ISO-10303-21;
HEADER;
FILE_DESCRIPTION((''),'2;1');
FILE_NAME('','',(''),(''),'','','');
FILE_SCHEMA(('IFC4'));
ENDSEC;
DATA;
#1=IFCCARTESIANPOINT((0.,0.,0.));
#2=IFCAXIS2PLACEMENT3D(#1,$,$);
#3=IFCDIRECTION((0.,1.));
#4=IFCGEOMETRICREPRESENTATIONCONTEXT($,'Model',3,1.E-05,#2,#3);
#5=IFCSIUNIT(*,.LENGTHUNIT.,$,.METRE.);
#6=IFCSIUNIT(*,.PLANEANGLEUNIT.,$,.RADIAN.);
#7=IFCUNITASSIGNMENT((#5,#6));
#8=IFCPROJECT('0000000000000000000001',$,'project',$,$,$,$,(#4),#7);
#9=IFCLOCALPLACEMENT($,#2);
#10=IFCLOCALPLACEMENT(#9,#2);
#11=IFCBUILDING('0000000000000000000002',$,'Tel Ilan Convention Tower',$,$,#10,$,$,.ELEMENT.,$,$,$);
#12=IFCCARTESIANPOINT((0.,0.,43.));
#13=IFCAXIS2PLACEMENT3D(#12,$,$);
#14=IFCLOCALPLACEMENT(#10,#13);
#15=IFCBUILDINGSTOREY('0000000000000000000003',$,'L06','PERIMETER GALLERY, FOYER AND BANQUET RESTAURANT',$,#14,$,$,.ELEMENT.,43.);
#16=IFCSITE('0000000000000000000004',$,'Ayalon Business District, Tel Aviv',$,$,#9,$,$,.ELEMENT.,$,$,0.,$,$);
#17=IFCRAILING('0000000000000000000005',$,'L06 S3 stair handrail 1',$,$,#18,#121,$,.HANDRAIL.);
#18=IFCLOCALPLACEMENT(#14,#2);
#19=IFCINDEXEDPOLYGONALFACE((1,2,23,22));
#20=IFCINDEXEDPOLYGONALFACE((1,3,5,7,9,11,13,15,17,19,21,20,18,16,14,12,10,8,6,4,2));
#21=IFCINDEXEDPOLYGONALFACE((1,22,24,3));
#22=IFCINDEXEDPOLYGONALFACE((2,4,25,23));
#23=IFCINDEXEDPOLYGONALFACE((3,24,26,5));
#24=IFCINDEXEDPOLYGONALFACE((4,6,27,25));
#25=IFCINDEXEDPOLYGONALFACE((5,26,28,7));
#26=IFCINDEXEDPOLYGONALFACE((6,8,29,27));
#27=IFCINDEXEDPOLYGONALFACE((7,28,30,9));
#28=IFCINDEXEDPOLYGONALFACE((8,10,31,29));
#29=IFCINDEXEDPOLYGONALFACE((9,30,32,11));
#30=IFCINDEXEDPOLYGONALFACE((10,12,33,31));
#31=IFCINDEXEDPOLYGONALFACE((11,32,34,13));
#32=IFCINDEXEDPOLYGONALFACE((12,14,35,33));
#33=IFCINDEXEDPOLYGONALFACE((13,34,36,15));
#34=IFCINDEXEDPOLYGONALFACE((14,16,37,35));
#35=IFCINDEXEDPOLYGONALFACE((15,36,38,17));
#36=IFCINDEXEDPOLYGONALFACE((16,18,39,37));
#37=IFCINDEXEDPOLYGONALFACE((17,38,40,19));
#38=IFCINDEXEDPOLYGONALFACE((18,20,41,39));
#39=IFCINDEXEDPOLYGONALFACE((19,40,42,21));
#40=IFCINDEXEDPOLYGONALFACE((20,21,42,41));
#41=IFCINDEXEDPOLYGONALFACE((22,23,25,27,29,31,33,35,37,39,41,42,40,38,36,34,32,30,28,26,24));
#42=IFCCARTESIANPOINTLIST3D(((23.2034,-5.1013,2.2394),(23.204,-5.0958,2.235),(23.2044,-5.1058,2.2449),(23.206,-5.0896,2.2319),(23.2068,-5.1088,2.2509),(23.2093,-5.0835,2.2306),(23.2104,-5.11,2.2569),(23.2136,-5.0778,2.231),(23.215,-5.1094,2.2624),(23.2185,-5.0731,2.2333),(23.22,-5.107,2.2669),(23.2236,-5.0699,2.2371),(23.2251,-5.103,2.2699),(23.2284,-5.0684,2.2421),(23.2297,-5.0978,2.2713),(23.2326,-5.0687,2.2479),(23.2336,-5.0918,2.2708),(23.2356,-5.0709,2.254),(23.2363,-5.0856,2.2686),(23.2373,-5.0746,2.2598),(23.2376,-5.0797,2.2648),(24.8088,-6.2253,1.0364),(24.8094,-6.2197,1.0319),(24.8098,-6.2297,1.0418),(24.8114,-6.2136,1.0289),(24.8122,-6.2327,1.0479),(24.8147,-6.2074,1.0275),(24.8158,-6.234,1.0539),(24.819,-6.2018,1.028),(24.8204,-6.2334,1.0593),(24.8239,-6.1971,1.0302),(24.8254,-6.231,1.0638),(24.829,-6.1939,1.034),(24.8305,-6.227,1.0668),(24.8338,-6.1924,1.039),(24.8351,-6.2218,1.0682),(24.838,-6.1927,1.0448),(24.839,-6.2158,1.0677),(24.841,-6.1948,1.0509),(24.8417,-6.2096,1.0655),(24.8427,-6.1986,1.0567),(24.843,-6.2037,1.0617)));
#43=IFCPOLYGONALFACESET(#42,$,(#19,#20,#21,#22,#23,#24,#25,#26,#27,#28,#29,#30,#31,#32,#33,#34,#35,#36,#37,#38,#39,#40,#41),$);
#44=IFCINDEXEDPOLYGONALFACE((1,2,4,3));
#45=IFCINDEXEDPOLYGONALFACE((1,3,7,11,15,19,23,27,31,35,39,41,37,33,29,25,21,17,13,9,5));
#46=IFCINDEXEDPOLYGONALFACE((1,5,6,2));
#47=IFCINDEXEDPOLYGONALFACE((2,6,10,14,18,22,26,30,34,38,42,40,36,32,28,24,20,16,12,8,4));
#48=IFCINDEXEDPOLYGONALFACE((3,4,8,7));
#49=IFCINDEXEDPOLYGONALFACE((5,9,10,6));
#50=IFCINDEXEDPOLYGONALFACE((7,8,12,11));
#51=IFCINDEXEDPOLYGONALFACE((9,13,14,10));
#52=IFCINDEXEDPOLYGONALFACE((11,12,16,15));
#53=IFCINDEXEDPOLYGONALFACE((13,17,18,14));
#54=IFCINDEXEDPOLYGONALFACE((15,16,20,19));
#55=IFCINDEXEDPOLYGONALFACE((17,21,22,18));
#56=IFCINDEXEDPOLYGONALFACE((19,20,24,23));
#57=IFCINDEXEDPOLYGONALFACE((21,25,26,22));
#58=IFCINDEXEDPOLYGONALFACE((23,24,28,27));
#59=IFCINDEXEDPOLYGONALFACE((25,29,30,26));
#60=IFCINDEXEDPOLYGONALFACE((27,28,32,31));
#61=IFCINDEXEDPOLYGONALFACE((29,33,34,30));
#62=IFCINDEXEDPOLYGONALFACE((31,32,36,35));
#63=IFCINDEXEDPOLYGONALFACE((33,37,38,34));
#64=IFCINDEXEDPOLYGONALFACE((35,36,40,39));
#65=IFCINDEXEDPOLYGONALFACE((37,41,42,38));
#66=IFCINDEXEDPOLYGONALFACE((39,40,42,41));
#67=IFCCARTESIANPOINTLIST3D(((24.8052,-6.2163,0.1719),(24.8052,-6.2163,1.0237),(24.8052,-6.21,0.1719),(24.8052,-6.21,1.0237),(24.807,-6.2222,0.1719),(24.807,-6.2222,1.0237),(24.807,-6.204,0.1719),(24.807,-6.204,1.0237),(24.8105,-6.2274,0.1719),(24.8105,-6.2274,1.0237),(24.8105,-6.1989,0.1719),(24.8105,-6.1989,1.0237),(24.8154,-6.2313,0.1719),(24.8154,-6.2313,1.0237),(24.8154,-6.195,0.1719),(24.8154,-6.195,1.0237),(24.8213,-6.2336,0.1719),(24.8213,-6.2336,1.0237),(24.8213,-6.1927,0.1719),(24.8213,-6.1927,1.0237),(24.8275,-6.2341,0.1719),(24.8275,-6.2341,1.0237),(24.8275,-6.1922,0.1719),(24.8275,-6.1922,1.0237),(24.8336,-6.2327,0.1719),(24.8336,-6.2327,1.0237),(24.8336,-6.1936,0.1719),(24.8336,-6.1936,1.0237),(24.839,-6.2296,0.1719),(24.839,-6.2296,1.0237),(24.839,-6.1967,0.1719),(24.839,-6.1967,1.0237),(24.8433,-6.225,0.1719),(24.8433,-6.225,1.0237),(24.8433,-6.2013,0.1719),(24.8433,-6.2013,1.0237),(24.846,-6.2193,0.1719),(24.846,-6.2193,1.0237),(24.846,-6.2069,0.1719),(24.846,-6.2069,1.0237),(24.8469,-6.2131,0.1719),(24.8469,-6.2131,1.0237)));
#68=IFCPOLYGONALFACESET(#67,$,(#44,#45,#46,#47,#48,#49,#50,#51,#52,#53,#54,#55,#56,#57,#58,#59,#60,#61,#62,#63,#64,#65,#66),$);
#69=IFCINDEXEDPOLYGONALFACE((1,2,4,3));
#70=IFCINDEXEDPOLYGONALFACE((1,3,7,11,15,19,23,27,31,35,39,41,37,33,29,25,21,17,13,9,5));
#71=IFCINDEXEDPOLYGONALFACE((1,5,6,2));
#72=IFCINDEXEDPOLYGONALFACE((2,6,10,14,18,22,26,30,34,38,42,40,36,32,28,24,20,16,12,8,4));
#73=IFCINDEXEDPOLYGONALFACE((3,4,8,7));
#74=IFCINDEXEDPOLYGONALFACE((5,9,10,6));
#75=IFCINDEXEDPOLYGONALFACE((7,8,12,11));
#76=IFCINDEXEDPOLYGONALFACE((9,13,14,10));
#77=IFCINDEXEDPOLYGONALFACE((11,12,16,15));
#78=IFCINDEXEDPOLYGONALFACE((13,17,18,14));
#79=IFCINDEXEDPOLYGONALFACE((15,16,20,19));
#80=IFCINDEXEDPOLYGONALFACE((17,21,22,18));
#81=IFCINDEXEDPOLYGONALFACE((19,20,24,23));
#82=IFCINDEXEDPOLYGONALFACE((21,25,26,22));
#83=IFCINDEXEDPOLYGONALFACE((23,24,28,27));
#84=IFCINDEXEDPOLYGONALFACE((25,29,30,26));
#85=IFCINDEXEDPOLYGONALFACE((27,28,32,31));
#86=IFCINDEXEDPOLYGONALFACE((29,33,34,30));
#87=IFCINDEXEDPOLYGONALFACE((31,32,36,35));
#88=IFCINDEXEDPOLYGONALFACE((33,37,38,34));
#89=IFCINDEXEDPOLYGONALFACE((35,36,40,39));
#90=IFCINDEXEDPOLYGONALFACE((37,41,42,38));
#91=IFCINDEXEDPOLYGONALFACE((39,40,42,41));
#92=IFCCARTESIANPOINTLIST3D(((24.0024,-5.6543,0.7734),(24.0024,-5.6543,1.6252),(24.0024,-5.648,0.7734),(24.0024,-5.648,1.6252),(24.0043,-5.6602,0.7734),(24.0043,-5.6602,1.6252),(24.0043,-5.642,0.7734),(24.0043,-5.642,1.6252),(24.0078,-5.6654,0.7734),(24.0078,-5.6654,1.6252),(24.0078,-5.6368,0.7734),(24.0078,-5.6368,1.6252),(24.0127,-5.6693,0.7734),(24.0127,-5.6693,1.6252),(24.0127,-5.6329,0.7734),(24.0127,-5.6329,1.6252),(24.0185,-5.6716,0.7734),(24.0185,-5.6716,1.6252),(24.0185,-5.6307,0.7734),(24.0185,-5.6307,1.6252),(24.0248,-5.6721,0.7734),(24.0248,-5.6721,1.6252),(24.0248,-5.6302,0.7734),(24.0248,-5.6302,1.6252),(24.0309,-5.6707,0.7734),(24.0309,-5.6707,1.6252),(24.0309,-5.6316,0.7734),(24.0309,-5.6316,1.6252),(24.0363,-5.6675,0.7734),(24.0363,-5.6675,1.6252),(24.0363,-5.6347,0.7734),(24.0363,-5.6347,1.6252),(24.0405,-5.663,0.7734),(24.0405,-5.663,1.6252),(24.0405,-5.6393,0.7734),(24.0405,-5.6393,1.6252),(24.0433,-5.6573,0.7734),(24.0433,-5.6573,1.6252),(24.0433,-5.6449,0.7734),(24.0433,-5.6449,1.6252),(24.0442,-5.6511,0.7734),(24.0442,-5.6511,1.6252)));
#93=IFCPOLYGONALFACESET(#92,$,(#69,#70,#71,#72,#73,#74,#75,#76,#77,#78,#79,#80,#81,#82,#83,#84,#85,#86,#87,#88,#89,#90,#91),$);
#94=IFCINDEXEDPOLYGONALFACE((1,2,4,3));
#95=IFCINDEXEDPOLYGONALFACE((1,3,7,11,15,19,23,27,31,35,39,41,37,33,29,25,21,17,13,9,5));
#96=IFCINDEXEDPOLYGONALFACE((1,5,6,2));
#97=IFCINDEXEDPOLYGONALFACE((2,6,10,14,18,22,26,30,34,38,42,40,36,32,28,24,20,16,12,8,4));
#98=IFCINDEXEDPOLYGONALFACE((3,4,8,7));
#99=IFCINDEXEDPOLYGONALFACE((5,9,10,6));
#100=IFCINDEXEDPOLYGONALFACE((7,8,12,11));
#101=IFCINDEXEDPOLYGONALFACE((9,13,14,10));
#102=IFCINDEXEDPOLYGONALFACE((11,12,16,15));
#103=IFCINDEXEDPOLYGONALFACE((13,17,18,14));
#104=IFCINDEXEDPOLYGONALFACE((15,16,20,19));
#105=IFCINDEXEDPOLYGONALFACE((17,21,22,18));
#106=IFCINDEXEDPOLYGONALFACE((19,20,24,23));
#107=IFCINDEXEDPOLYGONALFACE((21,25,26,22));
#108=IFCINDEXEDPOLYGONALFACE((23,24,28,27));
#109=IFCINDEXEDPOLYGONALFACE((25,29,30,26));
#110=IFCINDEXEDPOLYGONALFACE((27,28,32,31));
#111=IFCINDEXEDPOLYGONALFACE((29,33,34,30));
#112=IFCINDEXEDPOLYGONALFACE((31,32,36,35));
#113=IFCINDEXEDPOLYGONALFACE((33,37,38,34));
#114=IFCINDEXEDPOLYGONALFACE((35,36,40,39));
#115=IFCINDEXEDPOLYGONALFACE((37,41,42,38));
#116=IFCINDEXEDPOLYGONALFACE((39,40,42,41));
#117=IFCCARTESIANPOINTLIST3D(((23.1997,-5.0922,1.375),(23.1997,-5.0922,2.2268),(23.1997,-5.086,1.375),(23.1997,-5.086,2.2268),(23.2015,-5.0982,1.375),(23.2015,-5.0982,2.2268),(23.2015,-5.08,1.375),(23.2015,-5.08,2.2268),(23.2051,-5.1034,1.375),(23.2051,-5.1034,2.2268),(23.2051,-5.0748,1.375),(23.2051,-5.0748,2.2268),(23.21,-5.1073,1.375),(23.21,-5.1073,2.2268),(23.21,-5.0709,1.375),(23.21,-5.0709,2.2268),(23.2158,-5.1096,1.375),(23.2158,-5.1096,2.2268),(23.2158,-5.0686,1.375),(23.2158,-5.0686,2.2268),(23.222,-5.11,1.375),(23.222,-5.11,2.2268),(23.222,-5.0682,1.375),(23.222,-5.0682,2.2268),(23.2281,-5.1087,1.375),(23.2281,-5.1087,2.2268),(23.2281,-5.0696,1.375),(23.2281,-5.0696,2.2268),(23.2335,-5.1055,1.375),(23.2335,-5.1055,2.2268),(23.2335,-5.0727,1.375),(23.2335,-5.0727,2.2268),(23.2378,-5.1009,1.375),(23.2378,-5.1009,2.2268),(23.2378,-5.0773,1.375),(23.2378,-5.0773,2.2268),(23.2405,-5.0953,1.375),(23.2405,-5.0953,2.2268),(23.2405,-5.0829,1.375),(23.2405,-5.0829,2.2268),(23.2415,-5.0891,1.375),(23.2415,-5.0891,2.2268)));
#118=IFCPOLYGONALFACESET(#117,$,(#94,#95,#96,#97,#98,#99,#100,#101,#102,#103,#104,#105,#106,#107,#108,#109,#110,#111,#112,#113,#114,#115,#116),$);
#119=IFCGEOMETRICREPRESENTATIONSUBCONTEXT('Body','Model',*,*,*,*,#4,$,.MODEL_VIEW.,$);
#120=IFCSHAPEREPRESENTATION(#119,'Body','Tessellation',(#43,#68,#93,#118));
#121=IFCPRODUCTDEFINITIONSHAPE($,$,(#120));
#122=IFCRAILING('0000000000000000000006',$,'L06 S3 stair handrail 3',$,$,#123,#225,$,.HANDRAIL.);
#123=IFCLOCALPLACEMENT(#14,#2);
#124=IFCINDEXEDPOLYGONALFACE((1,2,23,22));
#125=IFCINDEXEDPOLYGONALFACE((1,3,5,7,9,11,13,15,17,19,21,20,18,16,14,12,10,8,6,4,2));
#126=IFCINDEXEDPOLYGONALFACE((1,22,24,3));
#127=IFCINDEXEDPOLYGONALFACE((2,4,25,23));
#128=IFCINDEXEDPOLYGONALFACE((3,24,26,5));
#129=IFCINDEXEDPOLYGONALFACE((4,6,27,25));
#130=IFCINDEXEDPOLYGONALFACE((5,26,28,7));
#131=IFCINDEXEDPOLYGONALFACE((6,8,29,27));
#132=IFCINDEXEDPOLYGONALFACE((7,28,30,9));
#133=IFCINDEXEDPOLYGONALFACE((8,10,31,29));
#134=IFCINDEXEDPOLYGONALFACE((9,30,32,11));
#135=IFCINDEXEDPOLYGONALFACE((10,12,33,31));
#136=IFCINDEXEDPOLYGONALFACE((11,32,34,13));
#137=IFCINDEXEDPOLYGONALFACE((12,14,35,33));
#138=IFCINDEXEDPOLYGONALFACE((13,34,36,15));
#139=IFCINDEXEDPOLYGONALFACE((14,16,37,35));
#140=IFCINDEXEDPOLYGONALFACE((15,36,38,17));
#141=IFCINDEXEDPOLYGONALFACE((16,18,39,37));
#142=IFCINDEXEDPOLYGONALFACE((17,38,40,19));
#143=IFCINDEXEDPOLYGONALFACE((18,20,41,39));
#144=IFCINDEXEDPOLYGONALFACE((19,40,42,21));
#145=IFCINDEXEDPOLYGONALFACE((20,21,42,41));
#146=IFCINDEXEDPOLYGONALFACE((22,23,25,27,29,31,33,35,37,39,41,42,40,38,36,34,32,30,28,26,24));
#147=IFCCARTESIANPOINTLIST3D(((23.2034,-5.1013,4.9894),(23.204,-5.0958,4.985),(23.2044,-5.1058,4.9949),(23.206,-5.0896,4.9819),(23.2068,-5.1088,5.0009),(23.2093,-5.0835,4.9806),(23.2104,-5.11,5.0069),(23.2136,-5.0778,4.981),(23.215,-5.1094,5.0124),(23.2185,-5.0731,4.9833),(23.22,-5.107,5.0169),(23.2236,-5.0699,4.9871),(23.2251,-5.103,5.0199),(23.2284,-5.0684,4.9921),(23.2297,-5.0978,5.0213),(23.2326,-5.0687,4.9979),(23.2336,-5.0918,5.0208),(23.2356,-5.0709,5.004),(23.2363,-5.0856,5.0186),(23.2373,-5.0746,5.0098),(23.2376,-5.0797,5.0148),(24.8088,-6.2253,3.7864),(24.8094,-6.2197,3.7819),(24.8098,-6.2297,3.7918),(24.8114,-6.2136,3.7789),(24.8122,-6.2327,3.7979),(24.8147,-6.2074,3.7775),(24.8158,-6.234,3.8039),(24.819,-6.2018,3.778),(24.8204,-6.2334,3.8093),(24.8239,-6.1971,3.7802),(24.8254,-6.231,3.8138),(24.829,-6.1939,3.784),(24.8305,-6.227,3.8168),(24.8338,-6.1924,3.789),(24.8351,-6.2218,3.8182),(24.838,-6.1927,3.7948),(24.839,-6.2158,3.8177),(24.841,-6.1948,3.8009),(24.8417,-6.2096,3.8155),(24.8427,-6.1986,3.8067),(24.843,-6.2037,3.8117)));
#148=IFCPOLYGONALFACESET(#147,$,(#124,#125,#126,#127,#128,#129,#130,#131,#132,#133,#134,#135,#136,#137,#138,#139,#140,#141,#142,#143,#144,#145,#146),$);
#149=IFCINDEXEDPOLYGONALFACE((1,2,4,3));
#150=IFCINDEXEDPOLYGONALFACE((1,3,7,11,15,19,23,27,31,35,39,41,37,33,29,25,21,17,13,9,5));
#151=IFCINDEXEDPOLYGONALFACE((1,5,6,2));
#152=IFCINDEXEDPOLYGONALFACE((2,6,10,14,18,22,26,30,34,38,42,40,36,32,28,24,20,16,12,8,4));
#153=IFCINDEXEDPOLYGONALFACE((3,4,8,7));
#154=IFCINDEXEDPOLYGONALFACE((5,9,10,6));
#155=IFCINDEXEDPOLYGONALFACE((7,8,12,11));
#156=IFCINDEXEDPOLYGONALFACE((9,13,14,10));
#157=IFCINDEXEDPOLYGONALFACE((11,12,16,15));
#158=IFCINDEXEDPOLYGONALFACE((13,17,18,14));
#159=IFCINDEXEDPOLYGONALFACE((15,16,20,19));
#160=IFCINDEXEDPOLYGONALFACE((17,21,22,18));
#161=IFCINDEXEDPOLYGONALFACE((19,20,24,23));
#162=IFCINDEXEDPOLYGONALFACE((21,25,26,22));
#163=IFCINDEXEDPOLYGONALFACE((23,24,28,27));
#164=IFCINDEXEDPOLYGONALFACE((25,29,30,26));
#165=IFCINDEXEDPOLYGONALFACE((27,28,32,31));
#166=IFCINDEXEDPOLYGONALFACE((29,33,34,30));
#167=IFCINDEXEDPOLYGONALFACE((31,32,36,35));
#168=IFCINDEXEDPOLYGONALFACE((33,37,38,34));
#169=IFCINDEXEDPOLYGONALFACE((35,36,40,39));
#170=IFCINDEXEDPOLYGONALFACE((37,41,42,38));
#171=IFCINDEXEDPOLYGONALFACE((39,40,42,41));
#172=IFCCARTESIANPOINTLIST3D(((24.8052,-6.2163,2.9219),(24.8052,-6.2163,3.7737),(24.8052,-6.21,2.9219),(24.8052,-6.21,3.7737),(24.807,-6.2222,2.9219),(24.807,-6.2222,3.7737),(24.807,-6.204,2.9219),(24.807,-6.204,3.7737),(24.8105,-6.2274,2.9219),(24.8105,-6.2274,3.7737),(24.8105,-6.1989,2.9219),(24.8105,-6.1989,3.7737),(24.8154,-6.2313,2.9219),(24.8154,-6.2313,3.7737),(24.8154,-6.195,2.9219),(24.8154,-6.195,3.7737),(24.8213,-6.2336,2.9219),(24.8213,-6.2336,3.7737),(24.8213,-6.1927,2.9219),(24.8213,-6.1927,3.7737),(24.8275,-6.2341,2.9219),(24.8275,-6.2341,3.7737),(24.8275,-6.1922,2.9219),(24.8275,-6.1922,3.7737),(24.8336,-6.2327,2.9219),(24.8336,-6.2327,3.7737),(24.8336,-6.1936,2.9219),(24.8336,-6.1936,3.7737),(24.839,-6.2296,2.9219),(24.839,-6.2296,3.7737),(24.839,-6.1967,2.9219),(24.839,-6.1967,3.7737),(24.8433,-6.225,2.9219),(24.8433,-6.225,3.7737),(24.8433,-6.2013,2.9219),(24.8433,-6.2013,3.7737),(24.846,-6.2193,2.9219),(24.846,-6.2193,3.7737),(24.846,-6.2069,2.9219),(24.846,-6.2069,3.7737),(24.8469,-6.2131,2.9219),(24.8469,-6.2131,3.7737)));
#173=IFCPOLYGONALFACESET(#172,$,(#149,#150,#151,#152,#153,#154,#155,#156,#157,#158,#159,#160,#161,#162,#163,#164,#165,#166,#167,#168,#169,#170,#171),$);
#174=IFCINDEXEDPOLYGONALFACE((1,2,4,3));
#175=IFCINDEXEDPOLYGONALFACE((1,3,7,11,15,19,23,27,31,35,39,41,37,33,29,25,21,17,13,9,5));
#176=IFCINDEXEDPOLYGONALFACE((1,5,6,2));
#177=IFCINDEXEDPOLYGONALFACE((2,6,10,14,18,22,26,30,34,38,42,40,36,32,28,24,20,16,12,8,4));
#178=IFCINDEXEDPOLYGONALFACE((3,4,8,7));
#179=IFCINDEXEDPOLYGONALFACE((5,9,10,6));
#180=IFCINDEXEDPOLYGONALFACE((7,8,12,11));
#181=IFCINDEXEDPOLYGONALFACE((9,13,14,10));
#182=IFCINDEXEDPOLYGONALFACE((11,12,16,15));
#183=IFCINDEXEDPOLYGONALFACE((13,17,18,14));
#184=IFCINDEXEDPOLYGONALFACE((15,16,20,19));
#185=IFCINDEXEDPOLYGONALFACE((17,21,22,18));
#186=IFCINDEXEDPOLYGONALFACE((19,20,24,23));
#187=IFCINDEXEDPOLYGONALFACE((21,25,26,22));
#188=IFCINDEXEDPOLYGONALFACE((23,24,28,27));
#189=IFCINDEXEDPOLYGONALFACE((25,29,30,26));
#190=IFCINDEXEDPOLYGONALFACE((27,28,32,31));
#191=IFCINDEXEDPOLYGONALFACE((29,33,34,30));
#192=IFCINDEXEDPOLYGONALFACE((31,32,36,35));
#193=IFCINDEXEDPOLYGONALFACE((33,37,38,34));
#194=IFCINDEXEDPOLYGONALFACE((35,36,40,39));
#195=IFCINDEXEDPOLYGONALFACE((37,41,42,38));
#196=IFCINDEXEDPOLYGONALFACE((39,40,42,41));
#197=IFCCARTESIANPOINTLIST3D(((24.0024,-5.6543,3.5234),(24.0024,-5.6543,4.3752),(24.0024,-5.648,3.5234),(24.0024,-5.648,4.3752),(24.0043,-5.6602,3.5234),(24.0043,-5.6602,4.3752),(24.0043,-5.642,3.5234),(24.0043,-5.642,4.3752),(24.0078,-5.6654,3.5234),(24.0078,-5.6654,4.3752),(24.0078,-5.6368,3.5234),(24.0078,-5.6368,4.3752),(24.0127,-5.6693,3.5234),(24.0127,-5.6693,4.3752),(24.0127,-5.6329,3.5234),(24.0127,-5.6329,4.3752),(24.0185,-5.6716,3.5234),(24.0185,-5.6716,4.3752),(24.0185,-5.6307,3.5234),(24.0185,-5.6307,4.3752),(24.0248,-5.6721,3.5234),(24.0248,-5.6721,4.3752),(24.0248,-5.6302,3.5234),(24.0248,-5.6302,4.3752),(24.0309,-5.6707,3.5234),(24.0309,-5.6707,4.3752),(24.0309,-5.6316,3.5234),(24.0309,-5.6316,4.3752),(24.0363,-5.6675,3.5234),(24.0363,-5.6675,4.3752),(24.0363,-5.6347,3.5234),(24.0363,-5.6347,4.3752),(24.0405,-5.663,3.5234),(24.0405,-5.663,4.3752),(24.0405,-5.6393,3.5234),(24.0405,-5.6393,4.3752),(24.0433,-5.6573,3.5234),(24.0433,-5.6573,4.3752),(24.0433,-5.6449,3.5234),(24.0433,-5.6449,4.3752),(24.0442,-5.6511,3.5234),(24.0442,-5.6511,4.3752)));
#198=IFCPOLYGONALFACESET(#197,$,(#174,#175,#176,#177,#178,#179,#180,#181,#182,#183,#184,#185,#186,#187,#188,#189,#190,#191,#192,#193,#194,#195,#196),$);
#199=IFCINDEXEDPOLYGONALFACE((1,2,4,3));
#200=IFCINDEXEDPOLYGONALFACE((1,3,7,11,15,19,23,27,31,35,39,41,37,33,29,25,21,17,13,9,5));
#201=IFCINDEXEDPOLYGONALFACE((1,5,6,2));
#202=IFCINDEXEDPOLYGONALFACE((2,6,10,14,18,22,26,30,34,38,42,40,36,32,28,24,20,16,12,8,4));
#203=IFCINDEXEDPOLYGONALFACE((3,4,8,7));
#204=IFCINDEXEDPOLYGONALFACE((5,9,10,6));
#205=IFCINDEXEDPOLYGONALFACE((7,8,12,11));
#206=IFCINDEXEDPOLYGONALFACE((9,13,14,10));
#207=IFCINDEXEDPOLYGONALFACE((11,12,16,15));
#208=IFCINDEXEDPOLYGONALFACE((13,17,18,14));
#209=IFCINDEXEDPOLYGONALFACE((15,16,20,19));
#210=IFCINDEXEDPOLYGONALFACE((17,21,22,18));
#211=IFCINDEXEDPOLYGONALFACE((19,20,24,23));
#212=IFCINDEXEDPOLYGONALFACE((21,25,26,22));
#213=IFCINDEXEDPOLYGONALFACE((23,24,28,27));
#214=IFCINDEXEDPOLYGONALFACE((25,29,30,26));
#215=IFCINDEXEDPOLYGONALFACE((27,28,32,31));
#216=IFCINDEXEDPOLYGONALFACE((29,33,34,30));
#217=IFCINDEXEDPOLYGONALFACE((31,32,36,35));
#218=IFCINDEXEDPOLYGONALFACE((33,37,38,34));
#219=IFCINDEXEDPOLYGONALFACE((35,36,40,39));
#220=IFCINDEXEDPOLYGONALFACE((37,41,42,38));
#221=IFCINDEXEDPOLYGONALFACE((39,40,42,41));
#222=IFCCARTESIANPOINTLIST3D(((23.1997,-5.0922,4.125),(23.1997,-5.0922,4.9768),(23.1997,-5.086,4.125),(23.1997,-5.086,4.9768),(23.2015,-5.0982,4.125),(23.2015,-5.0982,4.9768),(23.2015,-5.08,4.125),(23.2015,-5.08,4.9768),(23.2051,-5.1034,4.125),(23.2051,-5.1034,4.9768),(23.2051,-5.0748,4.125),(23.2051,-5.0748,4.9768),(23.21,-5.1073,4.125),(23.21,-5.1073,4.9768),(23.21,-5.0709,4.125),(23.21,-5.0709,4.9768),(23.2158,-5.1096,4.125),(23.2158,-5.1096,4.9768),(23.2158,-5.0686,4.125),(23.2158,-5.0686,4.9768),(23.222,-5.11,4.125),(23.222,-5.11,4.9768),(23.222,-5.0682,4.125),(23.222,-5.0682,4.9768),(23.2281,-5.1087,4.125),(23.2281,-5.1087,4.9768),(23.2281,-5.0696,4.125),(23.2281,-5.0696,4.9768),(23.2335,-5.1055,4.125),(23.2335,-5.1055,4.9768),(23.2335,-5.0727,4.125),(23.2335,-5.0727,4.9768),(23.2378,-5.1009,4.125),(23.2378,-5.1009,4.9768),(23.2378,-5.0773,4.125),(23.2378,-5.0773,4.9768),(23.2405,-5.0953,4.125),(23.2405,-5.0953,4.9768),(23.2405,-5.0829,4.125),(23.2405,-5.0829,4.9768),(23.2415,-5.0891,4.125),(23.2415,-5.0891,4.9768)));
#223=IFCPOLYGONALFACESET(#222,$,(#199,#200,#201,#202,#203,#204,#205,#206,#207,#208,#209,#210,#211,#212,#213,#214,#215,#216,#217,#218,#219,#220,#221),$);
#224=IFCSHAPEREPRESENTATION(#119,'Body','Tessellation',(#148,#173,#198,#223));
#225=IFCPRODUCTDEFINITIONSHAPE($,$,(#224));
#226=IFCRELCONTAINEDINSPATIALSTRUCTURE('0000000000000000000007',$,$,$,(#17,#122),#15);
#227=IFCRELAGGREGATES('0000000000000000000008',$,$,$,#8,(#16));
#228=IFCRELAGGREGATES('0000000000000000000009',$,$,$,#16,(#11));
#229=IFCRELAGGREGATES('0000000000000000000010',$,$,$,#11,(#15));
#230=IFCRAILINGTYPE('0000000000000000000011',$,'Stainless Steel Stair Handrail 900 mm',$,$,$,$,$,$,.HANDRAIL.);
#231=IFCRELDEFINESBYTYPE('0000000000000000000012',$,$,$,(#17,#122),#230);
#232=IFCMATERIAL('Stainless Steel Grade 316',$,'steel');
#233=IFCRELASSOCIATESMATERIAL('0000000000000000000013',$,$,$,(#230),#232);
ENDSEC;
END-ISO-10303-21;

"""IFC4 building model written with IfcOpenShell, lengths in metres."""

from ifc_helpers import new_model, si_unit, direction, frame, origin, origin_2d, place, context, subcontext, project, spatial, circle, extrude, material, type_object, element, save


model = new_model("IFC4")

# Units and contexts
model_context = context("Model", 3, precision=1e-05, world=origin(), true_north=direction((0.0, 1.0)))
body_context = subcontext(model_context, "Body", "Model", "MODEL_VIEW")
ifc_project = project(units=[si_unit("LENGTHUNIT", "METRE"), si_unit("PLANEANGLEUNIT", "RADIAN")], contexts=[model_context])

# Site, building, storey
site_placement = place(None, origin())
site = spatial("IfcSite", under=ifc_project, at=site_placement, Name="Ayalon Business District, Tel Aviv", CompositionType="ELEMENT", RefElevation=0.0)
building_placement = place(site_placement, origin())
building = spatial("IfcBuilding", under=site, at=building_placement, Name="Tel Ilan Convention Tower", CompositionType="ELEMENT")
storey_placement = place(building_placement, frame((0.0, 0.0, 43.0)))
storey = spatial("IfcBuildingStorey", under=building, at=storey_placement, Name="L06", Description="PERIMETER GALLERY, FOYER AND BANQUET RESTAURANT", CompositionType="ELEMENT", Elevation=43.0)

# Railings
ifc_material_1 = material(Name="Stainless Steel Grade 316", Category="steel")
railing_type_1 = type_object("IfcRailingType", Name="Stainless Steel Stair Handrail 900 mm", PredefinedType="HANDRAIL", material=ifc_material_1)
for number, where, name in (
    (1, (24.8259, -6.2131, 0.1719), "L06 S3 stair handrail 1"),
    (2, (24.8259, -6.2131, 2.9219), "L06 S3 stair handrail 3"),
):
    element("IfcRailing", number, at=place(storey_placement, frame(where)), inside=storey, type_object=railing_type_1, Name=name, PredefinedType="HANDRAIL", context=body_context, shape_type="SweptSolid", body=[
        extrude(circle(Radius=0.0239, at=origin_2d()), frame((0.0, 0.0, 0.876), z_axis=(-0.698131, 0.488777, 0.523174), x_axis=(-0.573529, -0.819185, 0.0)), (0.0, 0.0, 1.0), 2.2996),
        extrude(circle(Radius=0.021, at=origin_2d()), origin(), (0.0, 0.0, 1.0), 0.8518),
        extrude(circle(Radius=0.021, at=origin_2d()), frame((-0.8027, 0.562, 0.6016)), (0.0, 0.0, 1.0), 0.8518),
        extrude(circle(Radius=0.021, at=origin_2d()), frame((-1.6055, 1.124, 1.2031)), (0.0, 0.0, 1.0), 0.8518),
    ])

save(model, "model.ifc")
